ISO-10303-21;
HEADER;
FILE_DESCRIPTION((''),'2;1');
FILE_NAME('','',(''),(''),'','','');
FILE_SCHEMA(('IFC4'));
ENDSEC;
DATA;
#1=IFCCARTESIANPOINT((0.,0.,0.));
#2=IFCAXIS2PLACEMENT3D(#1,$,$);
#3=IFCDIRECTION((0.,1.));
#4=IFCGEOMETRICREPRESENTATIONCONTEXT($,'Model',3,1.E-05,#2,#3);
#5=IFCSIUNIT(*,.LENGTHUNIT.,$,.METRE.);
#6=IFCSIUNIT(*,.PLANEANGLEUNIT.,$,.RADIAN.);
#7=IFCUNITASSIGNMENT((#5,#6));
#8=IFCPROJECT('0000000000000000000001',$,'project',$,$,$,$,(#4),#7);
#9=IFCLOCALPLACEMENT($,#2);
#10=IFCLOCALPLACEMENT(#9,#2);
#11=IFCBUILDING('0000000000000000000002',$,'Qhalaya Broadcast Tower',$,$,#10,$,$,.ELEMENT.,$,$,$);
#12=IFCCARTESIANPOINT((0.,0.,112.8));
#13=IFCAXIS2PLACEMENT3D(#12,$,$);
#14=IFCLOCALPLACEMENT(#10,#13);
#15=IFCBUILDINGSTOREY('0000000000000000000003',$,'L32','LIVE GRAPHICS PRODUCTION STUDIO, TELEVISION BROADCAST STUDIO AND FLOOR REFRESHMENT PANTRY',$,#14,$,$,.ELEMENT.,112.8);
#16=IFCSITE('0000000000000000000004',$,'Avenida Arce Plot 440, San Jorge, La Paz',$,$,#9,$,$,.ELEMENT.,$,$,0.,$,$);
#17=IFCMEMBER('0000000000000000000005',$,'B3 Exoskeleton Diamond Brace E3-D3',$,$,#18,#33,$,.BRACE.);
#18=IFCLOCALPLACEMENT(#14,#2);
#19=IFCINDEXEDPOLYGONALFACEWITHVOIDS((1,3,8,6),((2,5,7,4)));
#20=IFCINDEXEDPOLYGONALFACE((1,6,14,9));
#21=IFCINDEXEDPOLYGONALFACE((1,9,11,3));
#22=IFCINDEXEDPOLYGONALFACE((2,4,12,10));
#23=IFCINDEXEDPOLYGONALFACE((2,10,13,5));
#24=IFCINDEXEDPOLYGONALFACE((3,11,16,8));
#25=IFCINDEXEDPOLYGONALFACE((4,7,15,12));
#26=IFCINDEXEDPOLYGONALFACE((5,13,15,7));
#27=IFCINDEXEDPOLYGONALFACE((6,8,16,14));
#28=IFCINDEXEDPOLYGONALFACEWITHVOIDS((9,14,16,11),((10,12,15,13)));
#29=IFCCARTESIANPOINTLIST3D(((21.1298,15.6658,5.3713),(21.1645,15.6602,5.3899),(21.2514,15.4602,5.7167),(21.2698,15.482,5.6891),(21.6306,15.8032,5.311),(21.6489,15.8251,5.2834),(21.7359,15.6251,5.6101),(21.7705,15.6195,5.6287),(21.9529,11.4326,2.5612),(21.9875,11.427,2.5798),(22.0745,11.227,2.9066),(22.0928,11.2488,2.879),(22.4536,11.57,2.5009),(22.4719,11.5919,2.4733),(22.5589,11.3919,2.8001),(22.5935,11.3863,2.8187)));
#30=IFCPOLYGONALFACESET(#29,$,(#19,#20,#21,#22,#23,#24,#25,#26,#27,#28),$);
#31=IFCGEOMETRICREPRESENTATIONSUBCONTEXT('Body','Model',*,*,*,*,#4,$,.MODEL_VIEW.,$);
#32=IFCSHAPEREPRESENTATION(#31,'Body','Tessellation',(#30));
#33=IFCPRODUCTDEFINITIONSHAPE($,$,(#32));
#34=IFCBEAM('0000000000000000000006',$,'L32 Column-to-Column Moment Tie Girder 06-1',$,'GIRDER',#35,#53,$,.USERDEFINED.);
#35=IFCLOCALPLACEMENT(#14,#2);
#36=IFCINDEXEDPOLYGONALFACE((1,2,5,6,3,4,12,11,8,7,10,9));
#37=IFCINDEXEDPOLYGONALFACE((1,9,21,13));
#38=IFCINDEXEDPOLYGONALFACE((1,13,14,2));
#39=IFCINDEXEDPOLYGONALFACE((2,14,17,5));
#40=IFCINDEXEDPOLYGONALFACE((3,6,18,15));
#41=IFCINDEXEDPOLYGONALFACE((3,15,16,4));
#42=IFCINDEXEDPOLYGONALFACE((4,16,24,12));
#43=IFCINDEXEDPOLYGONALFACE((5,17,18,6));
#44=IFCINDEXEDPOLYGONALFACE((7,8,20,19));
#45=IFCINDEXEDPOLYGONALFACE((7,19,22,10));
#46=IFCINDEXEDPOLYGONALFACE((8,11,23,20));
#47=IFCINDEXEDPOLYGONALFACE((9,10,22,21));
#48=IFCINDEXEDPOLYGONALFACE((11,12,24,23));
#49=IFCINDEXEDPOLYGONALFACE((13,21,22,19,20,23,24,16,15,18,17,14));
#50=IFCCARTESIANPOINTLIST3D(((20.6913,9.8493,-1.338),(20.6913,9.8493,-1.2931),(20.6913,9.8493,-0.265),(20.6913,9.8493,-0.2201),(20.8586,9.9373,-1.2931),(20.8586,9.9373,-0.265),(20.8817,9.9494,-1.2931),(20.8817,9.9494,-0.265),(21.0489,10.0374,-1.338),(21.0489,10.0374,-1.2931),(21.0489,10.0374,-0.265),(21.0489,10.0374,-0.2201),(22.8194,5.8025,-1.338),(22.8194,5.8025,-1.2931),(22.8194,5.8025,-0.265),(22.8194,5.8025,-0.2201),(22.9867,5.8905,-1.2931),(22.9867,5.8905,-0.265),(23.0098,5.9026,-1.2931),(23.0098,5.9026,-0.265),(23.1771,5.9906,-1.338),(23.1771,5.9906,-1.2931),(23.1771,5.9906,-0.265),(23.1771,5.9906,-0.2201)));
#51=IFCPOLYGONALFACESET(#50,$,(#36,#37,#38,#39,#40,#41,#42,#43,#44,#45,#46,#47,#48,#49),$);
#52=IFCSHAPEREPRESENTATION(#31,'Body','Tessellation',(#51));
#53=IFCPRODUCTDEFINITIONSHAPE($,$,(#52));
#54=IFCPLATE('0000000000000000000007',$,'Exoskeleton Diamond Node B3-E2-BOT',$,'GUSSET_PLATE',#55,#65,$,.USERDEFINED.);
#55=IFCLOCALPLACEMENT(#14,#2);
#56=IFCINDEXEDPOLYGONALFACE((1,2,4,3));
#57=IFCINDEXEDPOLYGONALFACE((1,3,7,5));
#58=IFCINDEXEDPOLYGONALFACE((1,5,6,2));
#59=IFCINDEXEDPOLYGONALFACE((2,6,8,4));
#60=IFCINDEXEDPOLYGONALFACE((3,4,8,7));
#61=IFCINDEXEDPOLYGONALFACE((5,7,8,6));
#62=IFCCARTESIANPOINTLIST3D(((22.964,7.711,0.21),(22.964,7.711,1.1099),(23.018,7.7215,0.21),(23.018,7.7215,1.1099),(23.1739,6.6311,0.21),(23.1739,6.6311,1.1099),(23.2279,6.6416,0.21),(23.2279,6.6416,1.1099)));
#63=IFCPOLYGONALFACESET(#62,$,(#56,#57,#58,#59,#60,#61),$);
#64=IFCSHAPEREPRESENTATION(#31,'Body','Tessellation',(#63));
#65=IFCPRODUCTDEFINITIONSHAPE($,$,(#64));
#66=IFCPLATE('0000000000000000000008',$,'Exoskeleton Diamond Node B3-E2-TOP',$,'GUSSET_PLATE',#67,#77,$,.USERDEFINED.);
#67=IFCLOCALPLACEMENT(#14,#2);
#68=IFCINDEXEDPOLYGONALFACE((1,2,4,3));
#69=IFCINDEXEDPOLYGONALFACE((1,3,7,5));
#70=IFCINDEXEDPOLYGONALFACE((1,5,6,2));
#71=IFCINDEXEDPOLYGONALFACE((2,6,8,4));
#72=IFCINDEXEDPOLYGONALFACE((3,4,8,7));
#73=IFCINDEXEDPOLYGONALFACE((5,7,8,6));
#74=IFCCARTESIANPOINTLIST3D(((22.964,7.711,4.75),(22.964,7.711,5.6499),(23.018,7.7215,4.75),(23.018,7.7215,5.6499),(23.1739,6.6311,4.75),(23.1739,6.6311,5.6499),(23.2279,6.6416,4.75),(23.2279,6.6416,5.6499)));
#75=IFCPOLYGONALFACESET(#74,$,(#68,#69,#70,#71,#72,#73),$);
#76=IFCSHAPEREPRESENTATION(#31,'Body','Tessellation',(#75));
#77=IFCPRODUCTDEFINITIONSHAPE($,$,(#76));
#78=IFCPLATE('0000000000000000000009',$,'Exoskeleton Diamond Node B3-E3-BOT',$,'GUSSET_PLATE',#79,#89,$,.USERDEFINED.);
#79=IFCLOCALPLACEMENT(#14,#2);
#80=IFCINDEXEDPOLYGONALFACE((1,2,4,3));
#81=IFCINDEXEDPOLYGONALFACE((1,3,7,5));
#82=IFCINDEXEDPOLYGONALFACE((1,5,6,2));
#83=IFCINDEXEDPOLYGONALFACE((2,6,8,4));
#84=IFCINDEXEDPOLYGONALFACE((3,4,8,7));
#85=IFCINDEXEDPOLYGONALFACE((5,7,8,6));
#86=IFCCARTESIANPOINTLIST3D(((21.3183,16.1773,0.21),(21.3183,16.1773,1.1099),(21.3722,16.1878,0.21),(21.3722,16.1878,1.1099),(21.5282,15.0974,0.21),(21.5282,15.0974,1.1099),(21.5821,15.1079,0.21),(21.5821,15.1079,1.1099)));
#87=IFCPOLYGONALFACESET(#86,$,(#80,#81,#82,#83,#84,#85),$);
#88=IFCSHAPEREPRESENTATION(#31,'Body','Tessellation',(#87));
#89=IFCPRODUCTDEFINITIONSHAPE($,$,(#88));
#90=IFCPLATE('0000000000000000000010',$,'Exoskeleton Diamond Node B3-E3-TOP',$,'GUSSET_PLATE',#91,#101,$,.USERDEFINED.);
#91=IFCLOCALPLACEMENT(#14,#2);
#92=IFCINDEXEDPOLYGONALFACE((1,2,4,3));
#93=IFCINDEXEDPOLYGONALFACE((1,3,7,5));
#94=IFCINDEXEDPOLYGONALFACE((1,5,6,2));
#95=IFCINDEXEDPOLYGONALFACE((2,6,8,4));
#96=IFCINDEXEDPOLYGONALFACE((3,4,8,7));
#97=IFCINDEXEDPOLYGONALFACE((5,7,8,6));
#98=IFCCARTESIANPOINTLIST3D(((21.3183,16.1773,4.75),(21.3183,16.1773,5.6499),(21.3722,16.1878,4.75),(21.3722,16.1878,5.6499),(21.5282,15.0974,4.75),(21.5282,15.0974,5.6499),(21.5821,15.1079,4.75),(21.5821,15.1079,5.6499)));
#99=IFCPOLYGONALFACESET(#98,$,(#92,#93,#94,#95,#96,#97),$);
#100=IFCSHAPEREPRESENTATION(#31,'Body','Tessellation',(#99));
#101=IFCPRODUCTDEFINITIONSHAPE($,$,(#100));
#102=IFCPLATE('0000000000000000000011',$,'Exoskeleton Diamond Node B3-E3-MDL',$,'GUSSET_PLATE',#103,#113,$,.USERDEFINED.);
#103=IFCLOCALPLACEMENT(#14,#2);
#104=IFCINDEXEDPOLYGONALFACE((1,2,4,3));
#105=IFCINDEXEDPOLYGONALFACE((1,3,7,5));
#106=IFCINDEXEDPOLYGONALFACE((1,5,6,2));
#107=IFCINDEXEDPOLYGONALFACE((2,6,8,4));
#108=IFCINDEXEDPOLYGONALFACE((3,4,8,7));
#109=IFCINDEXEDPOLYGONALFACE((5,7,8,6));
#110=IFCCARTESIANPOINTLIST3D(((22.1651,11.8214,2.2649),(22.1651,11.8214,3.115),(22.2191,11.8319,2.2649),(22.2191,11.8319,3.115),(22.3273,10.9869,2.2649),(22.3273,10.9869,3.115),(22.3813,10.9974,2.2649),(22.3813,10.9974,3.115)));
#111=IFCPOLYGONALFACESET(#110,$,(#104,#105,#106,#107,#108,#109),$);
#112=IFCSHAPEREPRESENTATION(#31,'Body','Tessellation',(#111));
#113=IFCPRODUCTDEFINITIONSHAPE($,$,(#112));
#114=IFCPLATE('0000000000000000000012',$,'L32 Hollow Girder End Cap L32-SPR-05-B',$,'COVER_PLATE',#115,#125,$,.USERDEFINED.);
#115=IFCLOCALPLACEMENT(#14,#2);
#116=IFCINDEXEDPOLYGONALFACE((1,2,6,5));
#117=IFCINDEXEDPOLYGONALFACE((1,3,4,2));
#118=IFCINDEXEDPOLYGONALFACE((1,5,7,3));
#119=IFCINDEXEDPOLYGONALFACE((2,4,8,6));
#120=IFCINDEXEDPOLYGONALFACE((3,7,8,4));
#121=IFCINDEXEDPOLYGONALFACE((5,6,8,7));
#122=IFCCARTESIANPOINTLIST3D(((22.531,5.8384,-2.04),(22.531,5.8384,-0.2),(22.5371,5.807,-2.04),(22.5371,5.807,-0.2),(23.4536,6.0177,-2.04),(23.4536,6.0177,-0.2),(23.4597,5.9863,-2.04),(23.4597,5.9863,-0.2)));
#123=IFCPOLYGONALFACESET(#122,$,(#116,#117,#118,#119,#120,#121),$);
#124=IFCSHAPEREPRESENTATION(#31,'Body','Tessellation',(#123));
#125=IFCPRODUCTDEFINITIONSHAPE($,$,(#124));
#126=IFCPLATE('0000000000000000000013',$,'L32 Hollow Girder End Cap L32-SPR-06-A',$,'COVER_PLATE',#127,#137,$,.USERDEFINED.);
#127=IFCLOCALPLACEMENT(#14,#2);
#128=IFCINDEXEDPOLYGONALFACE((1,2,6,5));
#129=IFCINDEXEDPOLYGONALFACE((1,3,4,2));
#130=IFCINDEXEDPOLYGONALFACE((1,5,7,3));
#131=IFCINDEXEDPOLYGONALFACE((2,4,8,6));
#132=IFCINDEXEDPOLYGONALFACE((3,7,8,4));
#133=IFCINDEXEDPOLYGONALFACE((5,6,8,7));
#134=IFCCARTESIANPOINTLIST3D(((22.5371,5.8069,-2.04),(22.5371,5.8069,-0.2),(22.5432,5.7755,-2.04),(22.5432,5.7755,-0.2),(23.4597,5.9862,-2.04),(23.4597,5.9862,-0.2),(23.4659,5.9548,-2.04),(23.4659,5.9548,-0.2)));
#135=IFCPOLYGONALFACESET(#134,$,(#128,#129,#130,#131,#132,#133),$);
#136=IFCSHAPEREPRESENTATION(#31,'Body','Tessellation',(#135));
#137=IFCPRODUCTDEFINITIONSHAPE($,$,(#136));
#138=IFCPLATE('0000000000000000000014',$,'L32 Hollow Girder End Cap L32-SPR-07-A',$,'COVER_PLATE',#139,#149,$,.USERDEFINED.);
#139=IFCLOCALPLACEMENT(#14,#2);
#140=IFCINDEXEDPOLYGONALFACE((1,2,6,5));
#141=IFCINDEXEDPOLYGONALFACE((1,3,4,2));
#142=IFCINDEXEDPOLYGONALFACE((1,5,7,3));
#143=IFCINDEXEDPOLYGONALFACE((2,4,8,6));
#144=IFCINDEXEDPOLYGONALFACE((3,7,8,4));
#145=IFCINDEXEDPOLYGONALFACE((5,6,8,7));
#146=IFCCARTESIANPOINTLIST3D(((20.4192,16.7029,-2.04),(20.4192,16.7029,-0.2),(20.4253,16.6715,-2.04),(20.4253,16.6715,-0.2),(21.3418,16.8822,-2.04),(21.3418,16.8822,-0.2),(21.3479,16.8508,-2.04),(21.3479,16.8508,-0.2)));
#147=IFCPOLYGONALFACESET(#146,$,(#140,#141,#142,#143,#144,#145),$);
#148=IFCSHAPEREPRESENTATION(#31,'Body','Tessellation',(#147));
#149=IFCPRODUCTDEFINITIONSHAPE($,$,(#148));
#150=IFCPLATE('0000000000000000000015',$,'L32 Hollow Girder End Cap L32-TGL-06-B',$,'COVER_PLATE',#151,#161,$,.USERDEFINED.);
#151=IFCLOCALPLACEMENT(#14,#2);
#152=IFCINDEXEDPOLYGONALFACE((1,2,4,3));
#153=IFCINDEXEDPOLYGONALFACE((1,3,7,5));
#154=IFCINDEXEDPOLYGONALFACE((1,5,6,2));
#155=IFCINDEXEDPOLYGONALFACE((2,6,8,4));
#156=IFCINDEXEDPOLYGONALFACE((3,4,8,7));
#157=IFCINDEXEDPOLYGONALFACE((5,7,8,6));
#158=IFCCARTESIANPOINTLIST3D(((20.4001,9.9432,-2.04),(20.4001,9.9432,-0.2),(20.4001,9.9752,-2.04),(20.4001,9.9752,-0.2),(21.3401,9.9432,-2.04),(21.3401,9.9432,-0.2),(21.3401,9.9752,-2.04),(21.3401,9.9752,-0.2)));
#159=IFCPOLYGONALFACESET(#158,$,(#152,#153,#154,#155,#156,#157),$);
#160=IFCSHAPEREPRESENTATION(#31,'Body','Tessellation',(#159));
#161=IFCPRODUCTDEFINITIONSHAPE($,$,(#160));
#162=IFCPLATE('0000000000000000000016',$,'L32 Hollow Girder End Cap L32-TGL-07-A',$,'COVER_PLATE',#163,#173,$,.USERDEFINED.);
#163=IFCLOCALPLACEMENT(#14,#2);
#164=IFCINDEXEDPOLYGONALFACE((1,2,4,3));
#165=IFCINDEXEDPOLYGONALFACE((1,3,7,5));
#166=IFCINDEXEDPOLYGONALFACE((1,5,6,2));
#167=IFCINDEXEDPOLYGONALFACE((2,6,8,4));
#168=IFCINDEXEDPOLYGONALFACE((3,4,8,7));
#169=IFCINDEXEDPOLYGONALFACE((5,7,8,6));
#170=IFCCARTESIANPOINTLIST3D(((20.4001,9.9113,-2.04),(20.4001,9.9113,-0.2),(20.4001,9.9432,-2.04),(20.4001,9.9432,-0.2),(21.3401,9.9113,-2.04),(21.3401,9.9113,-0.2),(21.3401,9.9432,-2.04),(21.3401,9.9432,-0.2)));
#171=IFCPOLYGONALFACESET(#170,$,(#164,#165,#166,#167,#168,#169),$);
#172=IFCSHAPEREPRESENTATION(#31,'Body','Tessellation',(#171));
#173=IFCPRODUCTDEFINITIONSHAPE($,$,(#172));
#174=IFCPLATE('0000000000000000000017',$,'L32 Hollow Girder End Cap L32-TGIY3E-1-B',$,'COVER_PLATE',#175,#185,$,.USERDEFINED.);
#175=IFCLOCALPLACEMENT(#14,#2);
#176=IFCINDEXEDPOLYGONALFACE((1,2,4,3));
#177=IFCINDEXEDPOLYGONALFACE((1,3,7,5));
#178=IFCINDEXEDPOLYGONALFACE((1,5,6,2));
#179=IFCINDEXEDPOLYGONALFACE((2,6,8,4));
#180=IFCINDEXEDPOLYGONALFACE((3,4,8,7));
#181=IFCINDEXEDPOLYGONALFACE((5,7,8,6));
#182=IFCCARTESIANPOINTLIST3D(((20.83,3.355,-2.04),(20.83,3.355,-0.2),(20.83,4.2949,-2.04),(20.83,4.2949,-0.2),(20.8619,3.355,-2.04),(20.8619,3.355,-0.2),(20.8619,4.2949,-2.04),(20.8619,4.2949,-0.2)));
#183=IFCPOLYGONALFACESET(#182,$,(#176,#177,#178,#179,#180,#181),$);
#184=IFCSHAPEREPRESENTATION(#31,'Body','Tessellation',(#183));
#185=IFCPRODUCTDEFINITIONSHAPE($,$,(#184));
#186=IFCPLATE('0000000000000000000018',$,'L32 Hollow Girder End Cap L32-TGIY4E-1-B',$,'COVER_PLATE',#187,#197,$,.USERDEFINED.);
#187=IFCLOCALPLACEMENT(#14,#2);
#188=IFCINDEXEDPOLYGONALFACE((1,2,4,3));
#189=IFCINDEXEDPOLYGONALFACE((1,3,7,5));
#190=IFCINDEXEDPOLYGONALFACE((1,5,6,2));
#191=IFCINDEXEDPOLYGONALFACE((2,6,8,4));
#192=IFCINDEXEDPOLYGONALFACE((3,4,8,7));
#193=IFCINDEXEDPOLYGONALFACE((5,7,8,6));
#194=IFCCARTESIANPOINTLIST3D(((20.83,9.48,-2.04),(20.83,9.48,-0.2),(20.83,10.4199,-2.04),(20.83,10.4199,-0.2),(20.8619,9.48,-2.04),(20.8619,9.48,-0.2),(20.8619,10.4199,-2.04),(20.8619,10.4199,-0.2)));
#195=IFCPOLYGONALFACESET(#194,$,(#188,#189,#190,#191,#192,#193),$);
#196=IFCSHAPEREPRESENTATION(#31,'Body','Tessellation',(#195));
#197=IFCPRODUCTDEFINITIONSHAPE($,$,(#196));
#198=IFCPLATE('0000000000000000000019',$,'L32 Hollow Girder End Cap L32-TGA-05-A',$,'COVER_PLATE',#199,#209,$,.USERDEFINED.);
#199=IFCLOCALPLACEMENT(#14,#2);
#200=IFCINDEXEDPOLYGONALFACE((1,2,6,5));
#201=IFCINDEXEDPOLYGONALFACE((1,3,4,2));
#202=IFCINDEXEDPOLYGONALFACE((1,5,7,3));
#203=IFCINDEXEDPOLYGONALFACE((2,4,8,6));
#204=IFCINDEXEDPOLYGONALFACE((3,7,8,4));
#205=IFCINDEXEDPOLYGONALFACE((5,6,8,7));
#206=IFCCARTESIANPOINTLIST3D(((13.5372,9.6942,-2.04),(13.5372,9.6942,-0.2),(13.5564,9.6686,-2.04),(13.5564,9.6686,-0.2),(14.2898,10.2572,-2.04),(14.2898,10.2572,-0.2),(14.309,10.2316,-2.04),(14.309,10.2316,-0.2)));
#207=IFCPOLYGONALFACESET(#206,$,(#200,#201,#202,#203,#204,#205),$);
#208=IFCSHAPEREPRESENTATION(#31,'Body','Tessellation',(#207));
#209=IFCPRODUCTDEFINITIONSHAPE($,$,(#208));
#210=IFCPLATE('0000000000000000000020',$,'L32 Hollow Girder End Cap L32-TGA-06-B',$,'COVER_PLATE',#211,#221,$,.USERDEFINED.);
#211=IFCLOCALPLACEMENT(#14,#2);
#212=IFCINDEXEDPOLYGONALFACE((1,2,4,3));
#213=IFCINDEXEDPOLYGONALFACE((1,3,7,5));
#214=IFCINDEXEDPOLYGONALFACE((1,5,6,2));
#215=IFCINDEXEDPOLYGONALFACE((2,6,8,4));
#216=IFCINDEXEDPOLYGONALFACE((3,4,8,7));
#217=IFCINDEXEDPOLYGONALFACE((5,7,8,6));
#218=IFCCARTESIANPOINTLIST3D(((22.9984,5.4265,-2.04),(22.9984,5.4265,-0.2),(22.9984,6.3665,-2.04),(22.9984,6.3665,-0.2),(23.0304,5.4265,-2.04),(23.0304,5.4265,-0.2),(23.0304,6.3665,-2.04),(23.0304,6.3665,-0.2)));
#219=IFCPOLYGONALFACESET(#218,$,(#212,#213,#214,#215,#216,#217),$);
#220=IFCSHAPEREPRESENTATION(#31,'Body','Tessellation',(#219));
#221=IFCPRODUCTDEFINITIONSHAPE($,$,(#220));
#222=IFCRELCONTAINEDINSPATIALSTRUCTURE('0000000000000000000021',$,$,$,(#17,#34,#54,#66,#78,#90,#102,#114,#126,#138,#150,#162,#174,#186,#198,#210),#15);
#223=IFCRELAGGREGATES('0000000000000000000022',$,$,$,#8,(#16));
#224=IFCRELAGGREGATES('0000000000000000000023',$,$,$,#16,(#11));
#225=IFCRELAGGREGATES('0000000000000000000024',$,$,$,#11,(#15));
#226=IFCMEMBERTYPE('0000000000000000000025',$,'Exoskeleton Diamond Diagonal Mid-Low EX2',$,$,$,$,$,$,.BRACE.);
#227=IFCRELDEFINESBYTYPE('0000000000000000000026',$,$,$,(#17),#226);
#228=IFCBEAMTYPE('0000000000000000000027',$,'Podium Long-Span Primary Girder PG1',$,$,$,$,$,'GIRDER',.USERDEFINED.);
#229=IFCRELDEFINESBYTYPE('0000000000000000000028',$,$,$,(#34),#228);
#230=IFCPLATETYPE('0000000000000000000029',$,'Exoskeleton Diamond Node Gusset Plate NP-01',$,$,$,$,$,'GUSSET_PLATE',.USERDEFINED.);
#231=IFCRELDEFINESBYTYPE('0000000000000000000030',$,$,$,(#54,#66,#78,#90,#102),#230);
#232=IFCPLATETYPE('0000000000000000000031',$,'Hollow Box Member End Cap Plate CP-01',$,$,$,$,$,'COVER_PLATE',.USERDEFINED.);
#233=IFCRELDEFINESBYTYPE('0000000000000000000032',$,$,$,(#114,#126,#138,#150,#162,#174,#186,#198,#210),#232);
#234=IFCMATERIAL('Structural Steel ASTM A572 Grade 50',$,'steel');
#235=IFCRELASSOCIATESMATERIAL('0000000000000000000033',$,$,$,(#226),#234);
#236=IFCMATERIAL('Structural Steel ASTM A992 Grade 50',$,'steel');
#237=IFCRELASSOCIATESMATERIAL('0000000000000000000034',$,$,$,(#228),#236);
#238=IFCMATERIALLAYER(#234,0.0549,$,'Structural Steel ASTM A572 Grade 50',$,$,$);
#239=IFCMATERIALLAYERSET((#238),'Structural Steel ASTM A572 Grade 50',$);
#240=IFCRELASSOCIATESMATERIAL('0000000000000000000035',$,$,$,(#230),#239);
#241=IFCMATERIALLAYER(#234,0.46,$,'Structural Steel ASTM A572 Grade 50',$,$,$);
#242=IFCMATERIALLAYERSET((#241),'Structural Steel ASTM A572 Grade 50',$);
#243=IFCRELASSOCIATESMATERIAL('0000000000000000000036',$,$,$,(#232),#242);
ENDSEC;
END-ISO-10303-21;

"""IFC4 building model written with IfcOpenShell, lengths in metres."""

from ifc_helpers import new_model, si_unit, direction, frame, origin, origin_2d, place, context, subcontext, project, spatial, rectangle, hollow_rectangle, i_section, extrude, material, layer, layer_set, material_profile, profile_set, type_object, element, save


model = new_model("IFC4")

# Units and contexts
model_context = context("Model", 3, precision=1e-05, world=origin(), true_north=direction((0.0, 1.0)))
body_context = subcontext(model_context, "Body", "Model", "MODEL_VIEW")
ifc_project = project(units=[si_unit("LENGTHUNIT", "METRE"), si_unit("PLANEANGLEUNIT", "RADIAN")], contexts=[model_context])

# Site, building, storey
site_placement = place(None, origin())
site = spatial("IfcSite", under=ifc_project, at=site_placement, Name="Avenida Arce Plot 440, San Jorge, La Paz", CompositionType="ELEMENT", RefElevation=0.0)
building_placement = place(site_placement, origin())
building = spatial("IfcBuilding", under=site, at=building_placement, Name="Qhalaya Broadcast Tower", CompositionType="ELEMENT")
storey_placement = place(building_placement, frame((0.0, 0.0, 112.8)))
storey = spatial("IfcBuildingStorey", under=building, at=storey_placement, Name="L32", Description="LIVE GRAPHICS PRODUCTION STUDIO, TELEVISION BROADCAST STUDIO AND FLOOR REFRESHMENT PANTRY", CompositionType="ELEMENT", Elevation=112.8)

# Shared definitions
ifc_material_1 = material(Name="Structural Steel ASTM A572 Grade 50", Category="steel")

# Member
ifc_material_profile_1 = material_profile(ifc_material_1, hollow_rectangle(XDim=0.4199, YDim=0.55, WallThickness=0.0281, at=origin_2d()), Name="BOX 420x550x28")
ifc_profile_set_1 = profile_set([ifc_material_profile_1], Name="Structural Steel ASTM A572 Grade 50")
member_type = type_object("IfcMemberType", Name="Exoskeleton Diamond Diagonal Mid-Low EX2", PredefinedType="BRACE", material=ifc_profile_set_1)
member_1_placement = place(storey_placement, frame((22.2732, 11.4094, 2.6899), z_axis=(-0.159893, 0.822424, 0.545943), x_axis=(0.289578, -0.489647, 0.822429)))
element("IfcMember", 1, at=member_1_placement, inside=storey, type_object=member_type, Name="B3 Exoskeleton Diamond Brace E3-D3", PredefinedType="BRACE", context=body_context, shape_type="SweptSolid", body=[
    extrude(hollow_rectangle(XDim=0.4199, YDim=0.55, WallThickness=0.0281, at=origin_2d()), origin(), (0.0, 0.0, 1.0), 5.1472),
])

# Beam
ifc_material_2 = material(Name="Structural Steel ASTM A992 Grade 50", Category="steel")
ifc_material_profile_2 = material_profile(ifc_material_2, i_section(OverallWidth=0.4041, OverallDepth=1.1179, WebThickness=0.0261, FlangeThickness=0.0449, at=origin_2d()), Name="W44X335")
ifc_profile_set_2 = profile_set([ifc_material_profile_2], Name="Structural Steel ASTM A992 Grade 50")
beam_type_1 = type_object("IfcBeamType", Name="Podium Long-Span Primary Girder PG1", ElementType="GIRDER", PredefinedType="USERDEFINED", material=ifc_profile_set_2)
beam_1_placement = place(storey_placement, frame((20.8701, 9.9434, -0.7791), z_axis=(0.465445, -0.885077, 0.0), x_axis=(0.885077, 0.465445, 0.0)))
element("IfcBeam", 2, at=beam_1_placement, inside=storey, type_object=beam_type_1, Name="L32 Column-to-Column Moment Tie Girder 06-1", ObjectType="GIRDER", PredefinedType="USERDEFINED", context=body_context, shape_type="SweptSolid", body=[
    extrude(i_section(OverallWidth=0.4041, OverallDepth=1.1179, WebThickness=0.0261, FlangeThickness=0.0449, at=origin_2d()), origin(), (0.0, 0.0, 1.0), 4.5723),
])

# Plates
ifc_layer_1 = layer(ifc_material_1, 0.0549, Name="Structural Steel ASTM A572 Grade 50")
ifc_layer_set_1 = layer_set([ifc_layer_1], Name="Structural Steel ASTM A572 Grade 50")
plate_type_1 = type_object("IfcPlateType", Name="Exoskeleton Diamond Node Gusset Plate NP-01", ElementType="GUSSET_PLATE", PredefinedType="USERDEFINED", material=ifc_layer_set_1)
for number, where, z_axis, x_axis, name in (
    (3, (23.0959, 7.1763, 0.21), (0.0, 0.0, 1.0), (-0.190809, 0.981627, 0.0), "Exoskeleton Diamond Node B3-E2-BOT"),
    (4, (23.0959, 7.1763, 4.75), (0.0, 0.0, 1.0), (-0.190809, 0.981627, 0.0), "Exoskeleton Diamond Node B3-E2-TOP"),
    (5, (21.4502, 15.6426, 0.21), (0.0, 0.0, 1.0), (-0.190809, 0.981627, 0.0), "Exoskeleton Diamond Node B3-E3-BOT"),
    (6, (21.4502, 15.6426, 4.75), (0.0, 0.0, 1.0), (-0.190809, 0.981627, 0.0), "Exoskeleton Diamond Node B3-E3-TOP"),
):
    element("IfcPlate", number, at=place(storey_placement, frame(where, z_axis=z_axis, x_axis=x_axis)), inside=storey, type_object=plate_type_1, Name=name, ObjectType="GUSSET_PLATE", PredefinedType="USERDEFINED", context=body_context, shape_type="SweptSolid", body=[
        extrude(rectangle(XDim=1.1001, YDim=0.0549, at=origin_2d()), origin(), (0.0, 0.0, 1.0), 0.8999),
    ])
plate_1_placement = place(storey_placement, frame((22.2732, 11.4094, 2.2649), z_axis=(0.0, 0.0, 1.0), x_axis=(-0.190809, 0.981627, 0.0)))
element("IfcPlate", 7, at=plate_1_placement, inside=storey, type_object=plate_type_1, Name="Exoskeleton Diamond Node B3-E3-MDL", ObjectType="GUSSET_PLATE", PredefinedType="USERDEFINED", context=body_context, shape_type="SweptSolid", body=[
    extrude(rectangle(XDim=0.8501, YDim=0.0549, at=origin_2d()), origin(), (0.0, 0.0, 1.0), 0.8501),
])
ifc_layer_2 = layer(ifc_material_1, 0.46, Name="Structural Steel ASTM A572 Grade 50")
ifc_layer_set_2 = layer_set([ifc_layer_2], Name="Structural Steel ASTM A572 Grade 50")
plate_type_2 = type_object("IfcPlateType", Name="Hollow Box Member End Cap Plate CP-01", ElementType="COVER_PLATE", PredefinedType="USERDEFINED", material=ifc_layer_set_2)
for number, where, z_axis, x_axis, name in (
    (8, (22.9954, 5.9124, -2.04), (0.0, 0.0, 1.0), (-0.981627, -0.190809, 0.0), "L32 Hollow Girder End Cap L32-SPR-05-B"),
    (9, (23.0015, 5.8809, -2.04), (0.0, 0.0, 1.0), (-0.981627, -0.190809, 0.0), "L32 Hollow Girder End Cap L32-SPR-06-A"),
    (10, (20.8835, 16.7769, -2.04), (0.0, 0.0, 1.0), (-0.981627, -0.190809, 0.0), "L32 Hollow Girder End Cap L32-SPR-07-A"),
    (11, (20.8701, 9.9592, -2.04), (0.0, 0.0, 1.0), (-1.0, 0.0, 0.0), "L32 Hollow Girder End Cap L32-TGL-06-B"),
    (12, (20.8701, 9.9272, -2.04), (0.0, 0.0, 1.0), (-1.0, 0.0, 0.0), "L32 Hollow Girder End Cap L32-TGL-07-A"),
    (13, (20.8459, 3.825, -2.04), (0.0, 0.0, 1.0), (0.0, 1.0, 0.0), "L32 Hollow Girder End Cap L32-TGIY3E-1-B"),
    (14, (20.8459, 9.95, -2.04), (0.0, 0.0, 1.0), (0.0, 1.0, 0.0), "L32 Hollow Girder End Cap L32-TGIY4E-1-B"),
    (15, (13.9231, 9.9629, -2.04), (0.0, 0.0, 1.0), (0.800731, 0.599024, 0.0), "L32 Hollow Girder End Cap L32-TGA-05-A"),
    (16, (23.0144, 5.8965, -2.04), (0.0, 0.0, 1.0), (0.0, 1.0, 0.0), "L32 Hollow Girder End Cap L32-TGA-06-B"),
):
    element("IfcPlate", number, at=place(storey_placement, frame(where, z_axis=z_axis, x_axis=x_axis)), inside=storey, type_object=plate_type_2, Name=name, ObjectType="COVER_PLATE", PredefinedType="USERDEFINED", context=body_context, shape_type="SweptSolid", body=[
        extrude(rectangle(XDim=0.9399, YDim=0.032, at=origin_2d()), origin(), (0.0, 0.0, 1.0), 1.8401),
    ])

save(model, "model.ifc")
